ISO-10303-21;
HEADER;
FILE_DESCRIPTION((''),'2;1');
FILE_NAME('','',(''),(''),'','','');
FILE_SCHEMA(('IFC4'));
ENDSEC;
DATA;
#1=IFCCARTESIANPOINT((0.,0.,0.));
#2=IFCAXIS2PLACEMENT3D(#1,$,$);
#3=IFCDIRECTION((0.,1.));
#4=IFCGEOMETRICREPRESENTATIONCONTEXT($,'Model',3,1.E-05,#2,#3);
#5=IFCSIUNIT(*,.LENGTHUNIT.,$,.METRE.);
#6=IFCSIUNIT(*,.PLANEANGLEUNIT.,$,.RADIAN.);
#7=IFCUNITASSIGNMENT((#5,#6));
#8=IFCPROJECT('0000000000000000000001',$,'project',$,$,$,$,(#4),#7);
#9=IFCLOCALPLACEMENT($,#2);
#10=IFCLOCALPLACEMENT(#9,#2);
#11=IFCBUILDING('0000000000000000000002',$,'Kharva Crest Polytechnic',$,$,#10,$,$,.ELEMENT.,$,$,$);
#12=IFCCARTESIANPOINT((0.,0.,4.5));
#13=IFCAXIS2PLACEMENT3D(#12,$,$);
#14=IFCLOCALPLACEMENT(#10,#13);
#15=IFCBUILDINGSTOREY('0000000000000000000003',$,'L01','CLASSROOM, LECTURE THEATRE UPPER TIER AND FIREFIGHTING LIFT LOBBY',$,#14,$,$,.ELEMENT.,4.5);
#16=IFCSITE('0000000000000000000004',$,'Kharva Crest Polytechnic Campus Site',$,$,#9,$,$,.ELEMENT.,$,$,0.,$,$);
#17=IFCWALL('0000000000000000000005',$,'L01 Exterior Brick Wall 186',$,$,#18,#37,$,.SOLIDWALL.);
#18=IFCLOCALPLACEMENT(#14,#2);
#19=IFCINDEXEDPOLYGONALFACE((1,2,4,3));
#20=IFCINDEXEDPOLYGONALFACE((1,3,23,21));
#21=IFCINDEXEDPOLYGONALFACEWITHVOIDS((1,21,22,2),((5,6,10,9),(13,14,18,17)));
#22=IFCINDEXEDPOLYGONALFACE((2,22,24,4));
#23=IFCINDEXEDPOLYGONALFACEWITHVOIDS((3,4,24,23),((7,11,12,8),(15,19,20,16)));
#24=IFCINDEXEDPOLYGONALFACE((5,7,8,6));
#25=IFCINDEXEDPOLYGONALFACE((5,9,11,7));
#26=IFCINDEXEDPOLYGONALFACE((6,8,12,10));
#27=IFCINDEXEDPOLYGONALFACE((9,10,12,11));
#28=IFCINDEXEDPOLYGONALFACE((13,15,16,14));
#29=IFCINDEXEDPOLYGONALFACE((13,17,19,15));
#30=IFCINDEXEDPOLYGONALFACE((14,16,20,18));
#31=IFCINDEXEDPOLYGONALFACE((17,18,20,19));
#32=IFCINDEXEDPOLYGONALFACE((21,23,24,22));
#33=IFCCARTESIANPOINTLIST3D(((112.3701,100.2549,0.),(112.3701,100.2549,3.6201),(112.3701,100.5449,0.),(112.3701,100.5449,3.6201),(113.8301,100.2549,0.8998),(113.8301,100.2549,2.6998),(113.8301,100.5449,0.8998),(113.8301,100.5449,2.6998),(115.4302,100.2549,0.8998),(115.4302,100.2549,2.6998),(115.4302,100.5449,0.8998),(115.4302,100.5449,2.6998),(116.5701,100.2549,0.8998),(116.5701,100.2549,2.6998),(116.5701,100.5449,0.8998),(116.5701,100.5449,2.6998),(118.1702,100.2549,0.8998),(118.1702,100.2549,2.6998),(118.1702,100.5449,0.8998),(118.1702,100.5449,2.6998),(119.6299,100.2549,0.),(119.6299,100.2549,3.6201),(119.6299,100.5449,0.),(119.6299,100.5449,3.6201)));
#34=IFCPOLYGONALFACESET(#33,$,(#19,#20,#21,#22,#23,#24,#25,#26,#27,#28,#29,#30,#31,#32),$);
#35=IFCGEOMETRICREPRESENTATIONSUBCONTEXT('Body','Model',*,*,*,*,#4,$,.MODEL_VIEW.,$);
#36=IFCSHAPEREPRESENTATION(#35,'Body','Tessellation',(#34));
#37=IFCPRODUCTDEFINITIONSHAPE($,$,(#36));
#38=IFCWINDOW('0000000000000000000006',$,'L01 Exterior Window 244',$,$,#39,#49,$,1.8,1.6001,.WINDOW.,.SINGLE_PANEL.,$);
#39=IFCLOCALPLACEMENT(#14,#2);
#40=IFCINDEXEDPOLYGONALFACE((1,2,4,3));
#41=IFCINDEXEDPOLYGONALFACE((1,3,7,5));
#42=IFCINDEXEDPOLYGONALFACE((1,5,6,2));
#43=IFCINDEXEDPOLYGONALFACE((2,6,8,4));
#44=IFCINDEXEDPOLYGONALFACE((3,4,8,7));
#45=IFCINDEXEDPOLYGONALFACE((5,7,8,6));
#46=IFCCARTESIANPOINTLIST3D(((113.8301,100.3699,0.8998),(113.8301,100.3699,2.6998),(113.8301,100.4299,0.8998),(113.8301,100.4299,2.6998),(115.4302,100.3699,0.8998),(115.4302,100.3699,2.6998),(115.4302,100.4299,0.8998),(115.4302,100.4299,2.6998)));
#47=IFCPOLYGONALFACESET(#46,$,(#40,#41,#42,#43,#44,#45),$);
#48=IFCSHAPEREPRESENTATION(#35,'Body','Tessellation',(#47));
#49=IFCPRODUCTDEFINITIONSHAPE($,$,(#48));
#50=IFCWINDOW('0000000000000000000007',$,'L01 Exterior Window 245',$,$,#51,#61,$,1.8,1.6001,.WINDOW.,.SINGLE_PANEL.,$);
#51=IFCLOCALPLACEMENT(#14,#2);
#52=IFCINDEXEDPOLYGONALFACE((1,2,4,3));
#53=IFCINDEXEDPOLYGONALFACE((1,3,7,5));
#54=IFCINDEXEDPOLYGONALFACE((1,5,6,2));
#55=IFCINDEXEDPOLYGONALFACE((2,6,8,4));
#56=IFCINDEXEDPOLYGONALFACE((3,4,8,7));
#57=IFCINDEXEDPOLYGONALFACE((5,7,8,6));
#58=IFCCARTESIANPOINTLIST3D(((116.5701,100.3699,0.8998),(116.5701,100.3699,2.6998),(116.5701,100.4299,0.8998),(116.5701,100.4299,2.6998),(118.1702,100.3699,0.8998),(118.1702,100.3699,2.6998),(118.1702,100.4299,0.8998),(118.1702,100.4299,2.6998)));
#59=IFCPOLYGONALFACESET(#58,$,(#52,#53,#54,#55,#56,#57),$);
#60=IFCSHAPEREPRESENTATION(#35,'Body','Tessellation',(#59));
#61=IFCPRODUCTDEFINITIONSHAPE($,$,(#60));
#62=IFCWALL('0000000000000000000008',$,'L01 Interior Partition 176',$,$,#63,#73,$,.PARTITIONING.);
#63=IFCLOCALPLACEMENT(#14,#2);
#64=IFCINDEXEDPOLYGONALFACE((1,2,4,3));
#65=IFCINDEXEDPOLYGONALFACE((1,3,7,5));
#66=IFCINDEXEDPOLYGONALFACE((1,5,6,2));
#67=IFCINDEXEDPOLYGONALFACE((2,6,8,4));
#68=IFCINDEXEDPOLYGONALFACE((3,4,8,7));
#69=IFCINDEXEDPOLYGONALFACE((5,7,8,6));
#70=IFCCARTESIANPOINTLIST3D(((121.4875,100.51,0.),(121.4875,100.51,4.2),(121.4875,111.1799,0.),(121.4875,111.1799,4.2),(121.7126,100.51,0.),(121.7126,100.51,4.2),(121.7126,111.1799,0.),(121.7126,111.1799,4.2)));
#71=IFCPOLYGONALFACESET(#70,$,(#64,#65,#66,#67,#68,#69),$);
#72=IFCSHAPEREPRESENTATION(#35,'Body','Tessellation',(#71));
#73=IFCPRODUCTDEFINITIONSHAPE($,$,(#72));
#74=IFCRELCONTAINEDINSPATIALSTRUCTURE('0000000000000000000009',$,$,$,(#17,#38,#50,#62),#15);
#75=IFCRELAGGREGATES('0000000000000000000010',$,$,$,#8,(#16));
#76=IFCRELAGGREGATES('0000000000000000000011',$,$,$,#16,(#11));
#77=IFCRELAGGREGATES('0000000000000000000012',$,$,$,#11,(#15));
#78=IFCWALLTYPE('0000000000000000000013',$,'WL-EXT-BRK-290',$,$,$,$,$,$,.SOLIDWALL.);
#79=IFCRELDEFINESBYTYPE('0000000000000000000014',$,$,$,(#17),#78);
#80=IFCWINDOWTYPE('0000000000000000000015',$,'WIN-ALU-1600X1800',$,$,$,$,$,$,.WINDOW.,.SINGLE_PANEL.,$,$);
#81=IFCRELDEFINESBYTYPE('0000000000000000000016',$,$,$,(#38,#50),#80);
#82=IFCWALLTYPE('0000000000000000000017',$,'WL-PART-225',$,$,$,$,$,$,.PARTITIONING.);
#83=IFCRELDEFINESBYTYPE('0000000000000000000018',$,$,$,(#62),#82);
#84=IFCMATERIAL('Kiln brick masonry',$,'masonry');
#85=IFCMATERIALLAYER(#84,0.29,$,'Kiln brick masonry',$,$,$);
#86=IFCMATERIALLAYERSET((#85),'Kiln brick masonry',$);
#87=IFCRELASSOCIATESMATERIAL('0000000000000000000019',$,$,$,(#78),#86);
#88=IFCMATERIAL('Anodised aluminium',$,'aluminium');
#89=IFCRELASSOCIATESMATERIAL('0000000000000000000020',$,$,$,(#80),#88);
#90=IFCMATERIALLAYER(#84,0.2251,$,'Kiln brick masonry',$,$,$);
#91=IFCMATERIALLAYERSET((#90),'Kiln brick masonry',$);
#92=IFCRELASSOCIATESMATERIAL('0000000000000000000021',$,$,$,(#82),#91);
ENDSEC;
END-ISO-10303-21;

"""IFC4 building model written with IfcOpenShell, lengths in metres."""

from ifc_helpers import new_model, si_unit, direction, frame, frame_2d, origin, place, context, subcontext, project, spatial, rectangle, extrude, material, layer, layer_set, type_object, element, fill, save


model = new_model("IFC4")

# Units and contexts
model_context = context("Model", 3, precision=1e-05, world=origin(), true_north=direction((0.0, 1.0)))
body_context = subcontext(model_context, "Body", "Model", "MODEL_VIEW")
ifc_project = project(units=[si_unit("LENGTHUNIT", "METRE"), si_unit("PLANEANGLEUNIT", "RADIAN")], contexts=[model_context])

# Site, building, storey
site_placement = place(None, origin())
site = spatial("IfcSite", under=ifc_project, at=site_placement, Name="Kharva Crest Polytechnic Campus Site", CompositionType="ELEMENT", RefElevation=0.0)
building_placement = place(site_placement, origin())
building = spatial("IfcBuilding", under=site, at=building_placement, Name="Kharva Crest Polytechnic", CompositionType="ELEMENT")
storey_placement = place(building_placement, frame((0.0, 0.0, 4.5)))
storey = spatial("IfcBuildingStorey", under=building, at=storey_placement, Name="L01", Description="CLASSROOM, LECTURE THEATRE UPPER TIER AND FIREFIGHTING LIFT LOBBY", CompositionType="ELEMENT", Elevation=4.5)

# Shared definitions
ifc_material_1 = material(Name="Kiln brick masonry", Category="masonry")
ifc_material_2 = material(Name="Anodised aluminium", Category="aluminium")

# Wall, openings, windows
ifc_layer_1 = layer(ifc_material_1, 0.29, Name="Kiln brick masonry")
ifc_layer_set_1 = layer_set([ifc_layer_1], Name="Kiln brick masonry")
wall_type_1 = type_object("IfcWallType", Name="WL-EXT-BRK-290", PredefinedType="SOLIDWALL", material=ifc_layer_set_1)
wall_1_placement = place(storey_placement, frame((112.3701, 100.3999, 0.0), z_axis=(0.0, 0.0, 1.0), x_axis=(1.0, 0.0, 0.0)))
wall_1 = element("IfcWall", 1, at=wall_1_placement, inside=storey, type_object=wall_type_1, Name="L01 Exterior Brick Wall 186", PredefinedType="SOLIDWALL", context=body_context, shape_type="SweptSolid", body=[
    extrude(rectangle(XDim=7.2598, YDim=0.29, at=frame_2d((3.6299, 0.0))), origin(), (0.0, 0.0, 1.0), 3.6201),
])
opening_1_placement = place(wall_1_placement, frame((1.46, 0.0, 0.8999)))
opening_1 = element("IfcOpeningElement", 2, at=opening_1_placement, cuts=wall_1, PredefinedType="OPENING", context=body_context, shape_type="SweptSolid", body=[
    extrude(rectangle(XDim=1.6001, YDim=1.8, at=frame_2d((0.8, 0.8999))), frame((0.0, 0.155, 0.0), z_axis=(0.0, -1.0, 0.0), x_axis=(1.0, 0.0, 0.0)), (0.0, 0.0, 1.0), 0.3101),
])
opening_2_placement = place(wall_1_placement, frame((4.2, 0.0, 0.8999)))
opening_2 = element("IfcOpeningElement", 3, at=opening_2_placement, cuts=wall_1, PredefinedType="OPENING", context=body_context, shape_type="SweptSolid", body=[
    extrude(rectangle(XDim=1.6001, YDim=1.8, at=frame_2d((0.8, 0.8999))), frame((0.0, 0.155, 0.0), z_axis=(0.0, -1.0, 0.0), x_axis=(1.0, 0.0, 0.0)), (0.0, 0.0, 1.0), 0.3101),
])
window_type = type_object("IfcWindowType", Name="WIN-ALU-1600X1800", PartitioningType="SINGLE_PANEL", PredefinedType="WINDOW", material=ifc_material_2)
window_1_placement = place(opening_1_placement, origin())
window_1 = element("IfcWindow", 4, at=window_1_placement, inside=storey, type_object=window_type, Name="L01 Exterior Window 244", OverallHeight=1.8, OverallWidth=1.6001, PartitioningType="SINGLE_PANEL", PredefinedType="WINDOW", context=body_context, shape_type="SweptSolid", body=[
    extrude(rectangle(XDim=1.6001, YDim=1.8, at=frame_2d((0.8, 0.8999))), frame((0.0, 0.03, 0.0), z_axis=(0.0, -1.0, 0.0), x_axis=(1.0, 0.0, 0.0)), (0.0, 0.0, 1.0), 0.0601),
])
fill(opening_1, window_1)
window_2_placement = place(opening_2_placement, origin())
window_2 = element("IfcWindow", 5, at=window_2_placement, inside=storey, type_object=window_type, Name="L01 Exterior Window 245", OverallHeight=1.8, OverallWidth=1.6001, PartitioningType="SINGLE_PANEL", PredefinedType="WINDOW", context=body_context, shape_type="SweptSolid", body=[
    extrude(rectangle(XDim=1.6001, YDim=1.8, at=frame_2d((0.8, 0.8999))), frame((0.0, 0.03, 0.0), z_axis=(0.0, -1.0, 0.0), x_axis=(1.0, 0.0, 0.0)), (0.0, 0.0, 1.0), 0.0601),
])
fill(opening_2, window_2)

# Wall
ifc_layer_2 = layer(ifc_material_1, 0.2251, Name="Kiln brick masonry")
ifc_layer_set_2 = layer_set([ifc_layer_2], Name="Kiln brick masonry")
wall_type_2 = type_object("IfcWallType", Name="WL-PART-225", PredefinedType="PARTITIONING", material=ifc_layer_set_2)
wall_2_placement = place(storey_placement, frame((121.6001, 100.51, 0.0), z_axis=(0.0, 0.0, 1.0), x_axis=(0.0, 1.0, 0.0)))
element("IfcWall", 6, at=wall_2_placement, inside=storey, type_object=wall_type_2, Name="L01 Interior Partition 176", PredefinedType="PARTITIONING", context=body_context, shape_type="SweptSolid", body=[
    extrude(rectangle(XDim=10.6699, YDim=0.2251, at=frame_2d((5.335, 0.0))), origin(), (0.0, 0.0, 1.0), 4.2),
])

save(model, "model.ifc")
